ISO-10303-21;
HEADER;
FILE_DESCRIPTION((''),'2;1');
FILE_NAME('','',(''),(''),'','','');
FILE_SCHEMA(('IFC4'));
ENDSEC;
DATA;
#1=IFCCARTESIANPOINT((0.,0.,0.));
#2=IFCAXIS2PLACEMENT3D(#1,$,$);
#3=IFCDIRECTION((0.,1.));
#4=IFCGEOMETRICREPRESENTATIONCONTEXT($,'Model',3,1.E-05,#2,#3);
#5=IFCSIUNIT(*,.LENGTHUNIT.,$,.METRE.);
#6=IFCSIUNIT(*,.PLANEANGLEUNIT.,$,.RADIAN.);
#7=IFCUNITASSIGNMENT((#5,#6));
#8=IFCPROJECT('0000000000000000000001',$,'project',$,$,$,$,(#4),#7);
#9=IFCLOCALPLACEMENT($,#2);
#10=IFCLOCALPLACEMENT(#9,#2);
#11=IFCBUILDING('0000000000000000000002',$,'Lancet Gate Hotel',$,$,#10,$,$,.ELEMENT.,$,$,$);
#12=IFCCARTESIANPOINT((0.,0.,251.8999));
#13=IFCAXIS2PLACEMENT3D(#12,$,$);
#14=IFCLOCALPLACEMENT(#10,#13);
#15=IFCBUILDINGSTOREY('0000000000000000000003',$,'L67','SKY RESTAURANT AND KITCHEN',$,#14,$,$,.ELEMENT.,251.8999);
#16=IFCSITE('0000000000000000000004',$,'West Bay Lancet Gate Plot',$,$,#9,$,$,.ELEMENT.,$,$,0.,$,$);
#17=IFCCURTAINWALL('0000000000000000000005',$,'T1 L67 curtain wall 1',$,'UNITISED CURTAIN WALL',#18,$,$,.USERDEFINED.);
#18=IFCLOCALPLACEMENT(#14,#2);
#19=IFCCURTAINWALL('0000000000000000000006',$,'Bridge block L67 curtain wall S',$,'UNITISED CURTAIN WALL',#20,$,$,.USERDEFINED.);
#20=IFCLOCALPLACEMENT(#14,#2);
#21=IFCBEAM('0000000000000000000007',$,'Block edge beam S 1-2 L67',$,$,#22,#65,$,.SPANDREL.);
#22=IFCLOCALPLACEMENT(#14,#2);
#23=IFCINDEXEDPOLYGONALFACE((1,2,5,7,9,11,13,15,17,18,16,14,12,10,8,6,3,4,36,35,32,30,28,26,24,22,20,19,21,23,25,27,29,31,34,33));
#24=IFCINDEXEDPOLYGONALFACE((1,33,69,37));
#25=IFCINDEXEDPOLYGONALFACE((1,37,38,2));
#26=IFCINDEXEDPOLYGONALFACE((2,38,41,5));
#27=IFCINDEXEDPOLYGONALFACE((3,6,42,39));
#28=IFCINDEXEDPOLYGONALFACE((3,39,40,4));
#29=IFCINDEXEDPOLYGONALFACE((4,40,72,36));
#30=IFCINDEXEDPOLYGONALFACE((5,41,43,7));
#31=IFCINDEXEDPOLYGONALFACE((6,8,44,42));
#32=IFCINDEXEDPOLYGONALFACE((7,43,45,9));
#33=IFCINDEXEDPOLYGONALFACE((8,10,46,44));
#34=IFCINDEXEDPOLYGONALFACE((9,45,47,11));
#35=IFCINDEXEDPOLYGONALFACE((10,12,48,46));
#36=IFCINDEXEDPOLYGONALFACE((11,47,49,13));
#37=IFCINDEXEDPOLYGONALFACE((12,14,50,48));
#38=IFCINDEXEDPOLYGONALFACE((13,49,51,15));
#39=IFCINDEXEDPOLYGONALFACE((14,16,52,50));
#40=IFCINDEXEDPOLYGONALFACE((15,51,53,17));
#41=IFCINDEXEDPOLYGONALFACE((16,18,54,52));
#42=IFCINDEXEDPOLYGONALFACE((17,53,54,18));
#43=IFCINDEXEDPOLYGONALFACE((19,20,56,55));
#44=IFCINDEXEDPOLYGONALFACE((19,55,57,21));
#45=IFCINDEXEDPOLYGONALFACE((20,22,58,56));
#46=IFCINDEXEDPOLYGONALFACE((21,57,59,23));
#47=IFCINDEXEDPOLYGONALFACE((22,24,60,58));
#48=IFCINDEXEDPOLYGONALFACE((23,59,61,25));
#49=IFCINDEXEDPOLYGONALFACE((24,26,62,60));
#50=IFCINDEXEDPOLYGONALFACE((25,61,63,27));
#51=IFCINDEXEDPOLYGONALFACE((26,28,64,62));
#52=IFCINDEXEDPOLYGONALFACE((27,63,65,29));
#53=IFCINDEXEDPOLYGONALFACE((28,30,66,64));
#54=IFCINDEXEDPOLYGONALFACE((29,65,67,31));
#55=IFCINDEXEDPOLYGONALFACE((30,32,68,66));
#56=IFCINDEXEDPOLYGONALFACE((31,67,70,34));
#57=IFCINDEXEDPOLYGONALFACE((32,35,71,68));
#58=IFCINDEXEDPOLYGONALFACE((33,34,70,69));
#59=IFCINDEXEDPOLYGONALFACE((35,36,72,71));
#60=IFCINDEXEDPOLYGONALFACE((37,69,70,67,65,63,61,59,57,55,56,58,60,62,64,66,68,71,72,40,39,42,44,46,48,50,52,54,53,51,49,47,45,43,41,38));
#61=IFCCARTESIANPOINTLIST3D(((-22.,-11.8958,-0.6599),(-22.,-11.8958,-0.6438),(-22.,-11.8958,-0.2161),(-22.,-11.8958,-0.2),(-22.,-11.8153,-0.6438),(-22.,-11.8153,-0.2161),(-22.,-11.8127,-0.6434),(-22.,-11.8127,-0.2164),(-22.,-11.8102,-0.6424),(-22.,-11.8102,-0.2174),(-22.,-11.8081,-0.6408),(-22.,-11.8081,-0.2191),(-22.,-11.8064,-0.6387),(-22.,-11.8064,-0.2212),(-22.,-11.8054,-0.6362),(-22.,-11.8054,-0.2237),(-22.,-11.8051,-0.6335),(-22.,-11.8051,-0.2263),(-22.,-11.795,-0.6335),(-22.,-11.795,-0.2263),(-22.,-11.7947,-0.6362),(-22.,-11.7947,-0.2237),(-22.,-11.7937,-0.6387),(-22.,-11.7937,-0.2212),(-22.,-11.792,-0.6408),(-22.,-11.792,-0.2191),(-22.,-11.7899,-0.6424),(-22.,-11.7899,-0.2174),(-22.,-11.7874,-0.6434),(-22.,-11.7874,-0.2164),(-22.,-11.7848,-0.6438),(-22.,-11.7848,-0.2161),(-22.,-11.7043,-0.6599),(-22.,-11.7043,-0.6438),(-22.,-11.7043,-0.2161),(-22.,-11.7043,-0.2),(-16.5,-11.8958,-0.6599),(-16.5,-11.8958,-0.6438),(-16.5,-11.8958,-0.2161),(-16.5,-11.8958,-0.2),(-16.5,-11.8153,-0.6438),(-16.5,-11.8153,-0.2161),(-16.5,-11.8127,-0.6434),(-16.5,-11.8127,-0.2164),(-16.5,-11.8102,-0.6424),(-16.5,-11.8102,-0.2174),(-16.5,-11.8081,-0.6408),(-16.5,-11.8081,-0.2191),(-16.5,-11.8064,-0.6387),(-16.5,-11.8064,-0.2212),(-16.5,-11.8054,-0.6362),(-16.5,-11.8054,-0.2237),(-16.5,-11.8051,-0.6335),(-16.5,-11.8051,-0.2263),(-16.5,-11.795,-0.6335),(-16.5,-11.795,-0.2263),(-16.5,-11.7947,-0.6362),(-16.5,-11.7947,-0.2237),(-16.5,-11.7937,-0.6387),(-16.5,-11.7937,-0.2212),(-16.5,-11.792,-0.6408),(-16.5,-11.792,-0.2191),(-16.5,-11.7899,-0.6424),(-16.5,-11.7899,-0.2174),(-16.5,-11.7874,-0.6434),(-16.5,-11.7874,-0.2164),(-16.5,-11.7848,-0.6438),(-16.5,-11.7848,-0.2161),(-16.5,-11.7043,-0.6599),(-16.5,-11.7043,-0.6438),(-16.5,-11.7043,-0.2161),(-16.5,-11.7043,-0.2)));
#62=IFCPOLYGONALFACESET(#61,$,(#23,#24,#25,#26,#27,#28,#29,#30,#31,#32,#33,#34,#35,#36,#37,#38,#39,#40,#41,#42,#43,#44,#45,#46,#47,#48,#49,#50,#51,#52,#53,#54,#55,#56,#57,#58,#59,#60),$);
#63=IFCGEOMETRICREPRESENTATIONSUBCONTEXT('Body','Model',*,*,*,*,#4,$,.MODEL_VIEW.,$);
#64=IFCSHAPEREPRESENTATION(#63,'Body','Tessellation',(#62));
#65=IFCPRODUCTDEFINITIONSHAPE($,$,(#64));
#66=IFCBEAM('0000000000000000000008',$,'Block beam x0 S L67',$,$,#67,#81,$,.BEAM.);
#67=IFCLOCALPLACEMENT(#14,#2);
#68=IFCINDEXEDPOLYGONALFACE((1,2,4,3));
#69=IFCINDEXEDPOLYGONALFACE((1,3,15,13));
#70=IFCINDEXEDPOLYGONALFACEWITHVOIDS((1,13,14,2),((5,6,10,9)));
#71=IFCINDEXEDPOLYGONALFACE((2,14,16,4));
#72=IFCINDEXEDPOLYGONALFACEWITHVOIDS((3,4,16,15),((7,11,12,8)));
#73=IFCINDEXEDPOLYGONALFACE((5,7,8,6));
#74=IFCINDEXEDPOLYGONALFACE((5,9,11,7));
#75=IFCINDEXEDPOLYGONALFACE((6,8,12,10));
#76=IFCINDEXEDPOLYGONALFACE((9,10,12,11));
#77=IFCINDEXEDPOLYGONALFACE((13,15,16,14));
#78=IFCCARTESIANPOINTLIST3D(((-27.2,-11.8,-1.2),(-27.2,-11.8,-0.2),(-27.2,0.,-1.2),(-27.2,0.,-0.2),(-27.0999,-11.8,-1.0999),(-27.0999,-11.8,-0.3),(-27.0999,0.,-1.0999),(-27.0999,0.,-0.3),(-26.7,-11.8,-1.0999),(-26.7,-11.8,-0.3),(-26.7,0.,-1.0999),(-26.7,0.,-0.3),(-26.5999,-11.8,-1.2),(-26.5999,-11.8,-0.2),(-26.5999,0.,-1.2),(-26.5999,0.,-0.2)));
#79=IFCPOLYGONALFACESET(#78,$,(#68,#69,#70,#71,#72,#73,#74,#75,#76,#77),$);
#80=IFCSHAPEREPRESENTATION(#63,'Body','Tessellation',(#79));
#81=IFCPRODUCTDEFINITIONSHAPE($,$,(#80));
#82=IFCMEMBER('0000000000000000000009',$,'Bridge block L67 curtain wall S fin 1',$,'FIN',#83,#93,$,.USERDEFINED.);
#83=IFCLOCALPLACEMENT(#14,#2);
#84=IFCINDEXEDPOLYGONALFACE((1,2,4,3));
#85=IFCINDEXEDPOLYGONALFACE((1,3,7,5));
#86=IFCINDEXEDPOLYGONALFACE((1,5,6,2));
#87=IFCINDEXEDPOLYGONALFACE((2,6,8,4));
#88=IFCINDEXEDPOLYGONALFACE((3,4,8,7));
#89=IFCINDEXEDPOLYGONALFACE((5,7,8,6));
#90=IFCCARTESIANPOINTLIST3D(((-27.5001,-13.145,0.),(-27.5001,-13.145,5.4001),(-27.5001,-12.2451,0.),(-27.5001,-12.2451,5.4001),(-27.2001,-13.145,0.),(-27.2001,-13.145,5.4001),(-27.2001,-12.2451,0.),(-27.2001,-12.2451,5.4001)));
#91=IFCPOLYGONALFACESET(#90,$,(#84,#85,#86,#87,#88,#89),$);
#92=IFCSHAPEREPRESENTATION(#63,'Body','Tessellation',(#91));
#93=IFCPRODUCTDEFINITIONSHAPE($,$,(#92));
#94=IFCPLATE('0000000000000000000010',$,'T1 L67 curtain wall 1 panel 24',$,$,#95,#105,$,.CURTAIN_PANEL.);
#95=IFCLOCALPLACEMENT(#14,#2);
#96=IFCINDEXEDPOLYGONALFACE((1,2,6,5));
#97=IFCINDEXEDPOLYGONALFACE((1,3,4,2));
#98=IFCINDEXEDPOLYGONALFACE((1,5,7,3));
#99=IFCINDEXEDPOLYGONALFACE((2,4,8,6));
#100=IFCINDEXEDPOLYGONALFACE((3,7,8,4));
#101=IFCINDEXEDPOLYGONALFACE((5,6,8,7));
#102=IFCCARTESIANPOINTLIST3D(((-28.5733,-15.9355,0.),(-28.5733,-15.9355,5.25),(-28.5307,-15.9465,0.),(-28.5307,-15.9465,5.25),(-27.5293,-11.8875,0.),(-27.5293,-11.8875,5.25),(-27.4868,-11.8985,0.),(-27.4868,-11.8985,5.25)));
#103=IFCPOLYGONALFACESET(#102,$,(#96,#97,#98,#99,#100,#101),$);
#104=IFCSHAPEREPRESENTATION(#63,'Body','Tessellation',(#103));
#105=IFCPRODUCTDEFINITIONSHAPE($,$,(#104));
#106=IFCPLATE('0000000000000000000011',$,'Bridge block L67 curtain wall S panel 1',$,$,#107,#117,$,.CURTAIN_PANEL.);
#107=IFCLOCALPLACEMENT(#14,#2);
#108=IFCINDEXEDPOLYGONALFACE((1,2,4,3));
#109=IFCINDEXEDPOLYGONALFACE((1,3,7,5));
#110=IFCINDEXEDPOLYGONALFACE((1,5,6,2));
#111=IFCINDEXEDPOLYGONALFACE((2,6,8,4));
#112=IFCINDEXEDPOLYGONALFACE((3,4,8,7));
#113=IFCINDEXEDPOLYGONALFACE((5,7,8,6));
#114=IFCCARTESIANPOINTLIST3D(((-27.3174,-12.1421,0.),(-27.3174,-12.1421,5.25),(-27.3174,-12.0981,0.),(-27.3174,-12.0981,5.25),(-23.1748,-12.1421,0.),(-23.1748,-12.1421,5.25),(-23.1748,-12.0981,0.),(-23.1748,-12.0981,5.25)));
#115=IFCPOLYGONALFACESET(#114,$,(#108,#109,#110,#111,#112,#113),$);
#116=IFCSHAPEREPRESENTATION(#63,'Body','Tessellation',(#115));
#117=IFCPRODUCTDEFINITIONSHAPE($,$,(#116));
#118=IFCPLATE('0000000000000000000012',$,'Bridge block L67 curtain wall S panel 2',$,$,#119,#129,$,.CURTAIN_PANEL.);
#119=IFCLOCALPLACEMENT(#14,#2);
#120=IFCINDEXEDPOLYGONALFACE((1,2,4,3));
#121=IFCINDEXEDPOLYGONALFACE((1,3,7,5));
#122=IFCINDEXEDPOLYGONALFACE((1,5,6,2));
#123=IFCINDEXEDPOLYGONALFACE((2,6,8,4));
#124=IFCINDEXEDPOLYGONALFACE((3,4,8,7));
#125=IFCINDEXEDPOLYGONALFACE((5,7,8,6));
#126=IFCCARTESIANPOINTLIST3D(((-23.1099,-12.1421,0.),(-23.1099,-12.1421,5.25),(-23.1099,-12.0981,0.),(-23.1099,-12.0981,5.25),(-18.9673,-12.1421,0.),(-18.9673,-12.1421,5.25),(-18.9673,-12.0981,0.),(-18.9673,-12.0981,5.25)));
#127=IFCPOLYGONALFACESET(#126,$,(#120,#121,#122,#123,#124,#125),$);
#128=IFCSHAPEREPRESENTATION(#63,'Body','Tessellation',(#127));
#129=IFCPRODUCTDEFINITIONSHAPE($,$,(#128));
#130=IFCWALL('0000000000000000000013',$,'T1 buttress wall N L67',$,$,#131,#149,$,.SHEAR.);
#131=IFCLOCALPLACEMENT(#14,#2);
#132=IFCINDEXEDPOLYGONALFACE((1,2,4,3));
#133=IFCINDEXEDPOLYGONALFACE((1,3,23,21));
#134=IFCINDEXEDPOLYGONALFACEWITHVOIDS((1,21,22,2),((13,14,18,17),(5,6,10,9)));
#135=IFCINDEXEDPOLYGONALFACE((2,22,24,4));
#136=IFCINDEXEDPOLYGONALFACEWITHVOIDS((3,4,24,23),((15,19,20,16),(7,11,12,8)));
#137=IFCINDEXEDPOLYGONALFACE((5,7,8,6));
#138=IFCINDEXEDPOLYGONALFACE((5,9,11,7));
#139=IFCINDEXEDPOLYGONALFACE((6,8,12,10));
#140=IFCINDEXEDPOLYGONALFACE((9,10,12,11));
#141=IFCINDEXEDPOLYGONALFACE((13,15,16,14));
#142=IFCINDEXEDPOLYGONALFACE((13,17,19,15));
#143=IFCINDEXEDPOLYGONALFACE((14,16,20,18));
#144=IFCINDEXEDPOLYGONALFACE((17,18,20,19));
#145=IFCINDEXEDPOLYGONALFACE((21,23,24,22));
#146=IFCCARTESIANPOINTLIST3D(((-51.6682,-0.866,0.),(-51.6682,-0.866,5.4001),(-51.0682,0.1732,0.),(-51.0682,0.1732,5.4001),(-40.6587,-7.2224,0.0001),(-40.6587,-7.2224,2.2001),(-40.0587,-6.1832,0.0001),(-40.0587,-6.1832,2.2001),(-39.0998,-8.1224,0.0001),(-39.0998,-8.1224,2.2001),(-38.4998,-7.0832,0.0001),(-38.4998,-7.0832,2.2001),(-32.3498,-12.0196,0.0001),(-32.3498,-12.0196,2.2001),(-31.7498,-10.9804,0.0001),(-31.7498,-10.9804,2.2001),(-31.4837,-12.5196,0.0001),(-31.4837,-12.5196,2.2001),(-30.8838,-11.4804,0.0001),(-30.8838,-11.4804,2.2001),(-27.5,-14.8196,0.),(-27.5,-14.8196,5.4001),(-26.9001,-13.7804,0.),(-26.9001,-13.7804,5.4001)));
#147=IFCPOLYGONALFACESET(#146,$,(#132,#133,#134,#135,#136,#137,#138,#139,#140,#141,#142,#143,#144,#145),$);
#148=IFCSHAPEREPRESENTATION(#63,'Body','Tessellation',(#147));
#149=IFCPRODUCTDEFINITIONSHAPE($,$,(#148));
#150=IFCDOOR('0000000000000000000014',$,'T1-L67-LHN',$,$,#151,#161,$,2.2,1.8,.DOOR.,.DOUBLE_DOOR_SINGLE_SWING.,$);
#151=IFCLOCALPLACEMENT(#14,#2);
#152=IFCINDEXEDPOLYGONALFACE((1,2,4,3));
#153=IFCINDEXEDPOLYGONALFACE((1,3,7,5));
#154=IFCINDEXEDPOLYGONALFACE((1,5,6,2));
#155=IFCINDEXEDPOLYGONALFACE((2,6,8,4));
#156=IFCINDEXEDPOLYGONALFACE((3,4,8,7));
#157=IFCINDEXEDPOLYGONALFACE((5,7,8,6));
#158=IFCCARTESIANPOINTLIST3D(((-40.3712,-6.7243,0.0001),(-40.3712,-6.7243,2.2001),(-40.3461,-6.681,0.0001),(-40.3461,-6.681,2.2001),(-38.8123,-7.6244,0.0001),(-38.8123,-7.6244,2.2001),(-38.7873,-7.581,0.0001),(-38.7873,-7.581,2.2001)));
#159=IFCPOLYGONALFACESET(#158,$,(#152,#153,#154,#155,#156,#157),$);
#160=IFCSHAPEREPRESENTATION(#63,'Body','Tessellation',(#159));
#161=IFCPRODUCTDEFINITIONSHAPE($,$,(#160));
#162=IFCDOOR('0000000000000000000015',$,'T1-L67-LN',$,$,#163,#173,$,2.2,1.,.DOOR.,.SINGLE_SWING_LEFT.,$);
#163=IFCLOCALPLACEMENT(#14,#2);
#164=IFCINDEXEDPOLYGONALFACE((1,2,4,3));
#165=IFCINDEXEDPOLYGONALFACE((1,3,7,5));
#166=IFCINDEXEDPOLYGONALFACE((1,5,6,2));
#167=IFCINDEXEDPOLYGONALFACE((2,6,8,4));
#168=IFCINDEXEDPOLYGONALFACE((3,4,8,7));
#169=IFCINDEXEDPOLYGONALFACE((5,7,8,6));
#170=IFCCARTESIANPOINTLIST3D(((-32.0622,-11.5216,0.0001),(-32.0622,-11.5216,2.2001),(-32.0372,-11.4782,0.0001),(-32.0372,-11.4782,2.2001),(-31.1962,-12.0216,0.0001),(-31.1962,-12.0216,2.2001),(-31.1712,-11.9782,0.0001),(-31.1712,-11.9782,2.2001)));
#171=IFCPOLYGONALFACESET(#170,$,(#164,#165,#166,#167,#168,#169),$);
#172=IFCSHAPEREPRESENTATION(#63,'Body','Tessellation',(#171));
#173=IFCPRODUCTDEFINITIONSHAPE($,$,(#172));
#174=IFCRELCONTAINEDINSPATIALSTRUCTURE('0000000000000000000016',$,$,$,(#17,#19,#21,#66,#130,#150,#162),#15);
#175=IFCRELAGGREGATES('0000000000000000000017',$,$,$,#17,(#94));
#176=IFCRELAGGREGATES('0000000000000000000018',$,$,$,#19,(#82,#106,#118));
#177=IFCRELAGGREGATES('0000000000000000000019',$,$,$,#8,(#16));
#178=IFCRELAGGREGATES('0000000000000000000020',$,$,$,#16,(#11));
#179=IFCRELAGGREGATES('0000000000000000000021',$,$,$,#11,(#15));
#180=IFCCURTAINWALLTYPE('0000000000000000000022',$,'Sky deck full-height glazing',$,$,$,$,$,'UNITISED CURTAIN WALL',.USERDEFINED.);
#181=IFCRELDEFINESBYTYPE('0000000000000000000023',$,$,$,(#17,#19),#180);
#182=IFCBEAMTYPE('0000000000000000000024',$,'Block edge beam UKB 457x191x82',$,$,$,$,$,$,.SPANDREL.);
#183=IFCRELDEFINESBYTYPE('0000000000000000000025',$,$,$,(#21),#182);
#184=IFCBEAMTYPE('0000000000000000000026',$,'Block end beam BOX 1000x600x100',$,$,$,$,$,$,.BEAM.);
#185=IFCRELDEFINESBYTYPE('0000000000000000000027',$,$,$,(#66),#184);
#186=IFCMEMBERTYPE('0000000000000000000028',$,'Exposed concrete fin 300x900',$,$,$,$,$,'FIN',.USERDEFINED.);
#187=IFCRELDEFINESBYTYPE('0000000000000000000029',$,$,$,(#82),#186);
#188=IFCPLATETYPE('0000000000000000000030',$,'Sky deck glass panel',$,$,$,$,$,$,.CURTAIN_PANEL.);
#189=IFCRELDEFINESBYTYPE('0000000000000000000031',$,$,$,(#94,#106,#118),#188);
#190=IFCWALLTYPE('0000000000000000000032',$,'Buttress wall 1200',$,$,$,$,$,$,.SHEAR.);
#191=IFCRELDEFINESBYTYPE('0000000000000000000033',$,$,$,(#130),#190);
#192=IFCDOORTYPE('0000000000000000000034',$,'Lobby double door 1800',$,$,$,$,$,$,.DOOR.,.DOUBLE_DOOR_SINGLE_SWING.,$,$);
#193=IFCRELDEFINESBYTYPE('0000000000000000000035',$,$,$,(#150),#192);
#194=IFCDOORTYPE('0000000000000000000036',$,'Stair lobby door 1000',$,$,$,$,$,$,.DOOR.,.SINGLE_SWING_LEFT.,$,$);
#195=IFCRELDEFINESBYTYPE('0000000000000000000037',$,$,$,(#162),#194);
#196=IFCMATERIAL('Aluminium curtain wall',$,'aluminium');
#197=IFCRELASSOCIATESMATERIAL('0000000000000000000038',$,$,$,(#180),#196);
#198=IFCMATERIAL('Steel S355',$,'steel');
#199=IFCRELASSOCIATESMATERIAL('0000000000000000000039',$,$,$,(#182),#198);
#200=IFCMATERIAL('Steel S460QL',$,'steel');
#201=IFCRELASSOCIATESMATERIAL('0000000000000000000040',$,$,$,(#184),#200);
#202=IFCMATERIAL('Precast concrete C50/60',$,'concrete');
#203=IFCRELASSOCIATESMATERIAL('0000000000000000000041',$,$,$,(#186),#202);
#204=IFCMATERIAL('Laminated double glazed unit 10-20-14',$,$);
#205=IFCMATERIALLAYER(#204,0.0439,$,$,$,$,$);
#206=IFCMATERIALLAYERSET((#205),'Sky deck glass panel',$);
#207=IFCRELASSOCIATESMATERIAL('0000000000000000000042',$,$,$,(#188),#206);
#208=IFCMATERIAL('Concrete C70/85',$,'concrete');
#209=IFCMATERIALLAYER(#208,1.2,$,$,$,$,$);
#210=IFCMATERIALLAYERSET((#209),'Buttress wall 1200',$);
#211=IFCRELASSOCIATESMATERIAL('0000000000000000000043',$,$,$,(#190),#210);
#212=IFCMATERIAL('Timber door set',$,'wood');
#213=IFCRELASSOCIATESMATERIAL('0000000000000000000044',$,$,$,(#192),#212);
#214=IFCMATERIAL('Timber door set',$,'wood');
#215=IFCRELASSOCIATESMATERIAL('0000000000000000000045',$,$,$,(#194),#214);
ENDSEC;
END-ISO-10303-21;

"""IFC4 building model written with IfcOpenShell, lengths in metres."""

from ifc_helpers import new_model, si_unit, direction, frame, frame_2d, origin, origin_2d, place, context, subcontext, project, spatial, rectangle, hollow_rectangle, i_section, extrude, material, layer, layer_set, material_profile, profile_set, type_object, element, fill, aggregate, save


model = new_model("IFC4")

# Units and contexts
model_context = context("Model", 3, precision=1e-05, world=origin(), true_north=direction((0.0, 1.0)))
body_context = subcontext(model_context, "Body", "Model", "MODEL_VIEW")
ifc_project = project(units=[si_unit("LENGTHUNIT", "METRE"), si_unit("PLANEANGLEUNIT", "RADIAN")], contexts=[model_context])

# Site, building, storey
site_placement = place(None, origin())
site = spatial("IfcSite", under=ifc_project, at=site_placement, Name="West Bay Lancet Gate Plot", CompositionType="ELEMENT", RefElevation=0.0)
building_placement = place(site_placement, origin())
building = spatial("IfcBuilding", under=site, at=building_placement, Name="Lancet Gate Hotel", CompositionType="ELEMENT")
storey_placement = place(building_placement, frame((0.0, 0.0, 251.8999)))
storey = spatial("IfcBuildingStorey", under=building, at=storey_placement, Name="L67", Description="SKY RESTAURANT AND KITCHEN", CompositionType="ELEMENT", Elevation=251.8999)

# Curtain walls
ifc_material_1 = material(Name="Aluminium curtain wall", Category="aluminium")
curtain_wall_type = type_object("IfcCurtainWallType", Name="Sky deck full-height glazing", ElementType="UNITISED CURTAIN WALL", PredefinedType="USERDEFINED", material=ifc_material_1)
curtain_wall_1_placement = place(storey_placement, origin())
curtain_wall_1 = element("IfcCurtainWall", 1, at=curtain_wall_1_placement, inside=storey, type_object=curtain_wall_type, Name="T1 L67 curtain wall 1", ObjectType="UNITISED CURTAIN WALL", PredefinedType="USERDEFINED")
curtain_wall_2_placement = place(storey_placement, origin())
curtain_wall_2 = element("IfcCurtainWall", 2, at=curtain_wall_2_placement, inside=storey, type_object=curtain_wall_type, Name="Bridge block L67 curtain wall S", ObjectType="UNITISED CURTAIN WALL", PredefinedType="USERDEFINED")

# Beams
ifc_material_2 = material(Name="Steel S355", Category="steel")
ifc_material_profile_1 = material_profile(ifc_material_2, i_section(OverallWidth=0.1914, OverallDepth=0.46, WebThickness=0.01, FlangeThickness=0.0161, FilletRadius=0.0103, at=origin_2d()), Name="UKB 457x191x82")
ifc_profile_set_1 = profile_set([ifc_material_profile_1], Name="Steel S355")
beam_type_1 = type_object("IfcBeamType", Name="Block edge beam UKB 457x191x82", PredefinedType="SPANDREL", material=ifc_profile_set_1)
beam_1_placement = place(storey_placement, frame((-22.0, -11.8, -0.4299), z_axis=(1.0, 0.0, 0.0), x_axis=(0.0, 1.0, 0.0)))
element("IfcBeam", 3, at=beam_1_placement, inside=storey, type_object=beam_type_1, Name="Block edge beam S 1-2 L67", PredefinedType="SPANDREL", context=body_context, shape_type="SweptSolid", body=[
    extrude(i_section(OverallWidth=0.1914, OverallDepth=0.46, WebThickness=0.01, FlangeThickness=0.0161, FilletRadius=0.0103, at=origin_2d()), origin(), (0.0, 0.0, 1.0), 5.5),
])
ifc_material_3 = material(Name="Steel S460QL", Category="steel")
ifc_material_profile_2 = material_profile(ifc_material_3, hollow_rectangle(XDim=0.6001, YDim=1.0, WallThickness=0.1001, at=origin_2d()), Name="BOX 1000x600x100")
ifc_profile_set_2 = profile_set([ifc_material_profile_2], Name="Steel S460QL")
beam_type_2 = type_object("IfcBeamType", Name="Block end beam BOX 1000x600x100", PredefinedType="BEAM", material=ifc_profile_set_2)
beam_2_placement = place(storey_placement, frame((-26.8999, -11.8, -0.7), z_axis=(0.0, 1.0, 0.0), x_axis=(-1.0, 0.0, 0.0)))
element("IfcBeam", 4, at=beam_2_placement, inside=storey, type_object=beam_type_2, Name="Block beam x0 S L67", PredefinedType="BEAM", context=body_context, shape_type="SweptSolid", body=[
    extrude(hollow_rectangle(XDim=0.6001, YDim=1.0, WallThickness=0.1001, at=origin_2d()), origin(), (0.0, 0.0, 1.0), 11.8),
])

# Member
ifc_material_4 = material(Name="Precast concrete C50/60", Category="concrete")
ifc_material_profile_3 = material_profile(ifc_material_4, rectangle(XDim=0.3, YDim=0.8999, at=origin_2d()), Name="FIN 300x900")
ifc_profile_set_3 = profile_set([ifc_material_profile_3], Name="Precast concrete C50/60")
member_type_1 = type_object("IfcMemberType", Name="Exposed concrete fin 300x900", ElementType="FIN", PredefinedType="USERDEFINED", material=ifc_profile_set_3)
member_1_placement = place(storey_placement, frame((-27.3501, -12.6951, 0.0), z_axis=(0.0, 0.0, 1.0), x_axis=(1.0, 0.0, 0.0)))
member_1 = element("IfcMember", 5, at=member_1_placement, type_object=member_type_1, Name="Bridge block L67 curtain wall S fin 1", ObjectType="FIN", PredefinedType="USERDEFINED", context=body_context, shape_type="SweptSolid", body=[
    extrude(rectangle(XDim=0.3, YDim=0.8999, at=origin_2d()), origin(), (0.0, 0.0, 1.0), 5.4001),
])

# Plates
ifc_material_5 = material(Name="Laminated double glazed unit 10-20-14")
ifc_layer_1 = layer(ifc_material_5, 0.0439)
ifc_layer_set_1 = layer_set([ifc_layer_1], Name="Sky deck glass panel")
plate_type = type_object("IfcPlateType", Name="Sky deck glass panel", PredefinedType="CURTAIN_PANEL", material=ifc_layer_set_1)
plate_1_placement = place(storey_placement, frame((-28.03, -13.917, 0.0), z_axis=(0.0, 0.0, 1.0), x_axis=(0.249726, 0.968317, 0.0)))
plate_1 = element("IfcPlate", 6, at=plate_1_placement, type_object=plate_type, Name="T1 L67 curtain wall 1 panel 24", PredefinedType="CURTAIN_PANEL", context=body_context, shape_type="SweptSolid", body=[
    extrude(rectangle(XDim=4.1804, YDim=0.0439, at=origin_2d()), origin(), (0.0, 0.0, 1.0), 5.25),
])
aggregate(curtain_wall_1, [plate_1])
plate_2_placement = place(storey_placement, frame((-25.2461, -12.1201, 0.0), z_axis=(0.0, 0.0, 1.0), x_axis=(1.0, 0.0, 0.0)))
plate_2 = element("IfcPlate", 7, at=plate_2_placement, type_object=plate_type, Name="Bridge block L67 curtain wall S panel 1", PredefinedType="CURTAIN_PANEL", context=body_context, shape_type="SweptSolid", body=[
    extrude(rectangle(XDim=4.1426, YDim=0.0439, at=origin_2d()), origin(), (0.0, 0.0, 1.0), 5.25),
])
plate_3_placement = place(storey_placement, frame((-21.0386, -12.1201, 0.0), z_axis=(0.0, 0.0, 1.0), x_axis=(1.0, 0.0, 0.0)))
plate_3 = element("IfcPlate", 8, at=plate_3_placement, type_object=plate_type, Name="Bridge block L67 curtain wall S panel 2", PredefinedType="CURTAIN_PANEL", context=body_context, shape_type="SweptSolid", body=[
    extrude(rectangle(XDim=4.1426, YDim=0.0439, at=origin_2d()), origin(), (0.0, 0.0, 1.0), 5.25),
])
aggregate(curtain_wall_2, [member_1, plate_2, plate_3])

# Wall, openings, doors
ifc_material_6 = material(Name="Concrete C70/85", Category="concrete")
ifc_layer_2 = layer(ifc_material_6, 1.2)
ifc_layer_set_2 = layer_set([ifc_layer_2], Name="Buttress wall 1200")
wall_type_1 = type_object("IfcWallType", Name="Buttress wall 1200", PredefinedType="SHEAR", material=ifc_layer_set_2)
wall_1_placement = place(storey_placement, frame((-27.2, -14.3, 0.0), z_axis=(0.0, 0.0, 1.0), x_axis=(-0.866024, 0.500002, 0.0)))
wall_1 = element("IfcWall", 9, at=wall_1_placement, inside=storey, type_object=wall_type_1, Name="T1 buttress wall N L67", PredefinedType="SHEAR", context=body_context, shape_type="SweptSolid", body=[
    extrude(rectangle(XDim=27.907, YDim=1.2, at=frame_2d((13.9536, 0.0))), origin(), (0.0, 0.0, 1.0), 5.4001),
])
opening_1_placement = place(wall_1_placement, frame((4.6001, 0.0, 0.0)))
opening_1 = element("IfcOpeningElement", 10, at=opening_1_placement, cuts=wall_1, PredefinedType="OPENING", context=body_context, shape_type="SweptSolid", body=[
    extrude(rectangle(XDim=1.0, YDim=2.2, at=frame_2d((0.5, 1.1001))), frame((0.0, 0.6099, 0.0), z_axis=(0.0, -1.0, 0.0), x_axis=(1.0, 0.0, 0.0)), (0.0, 0.0, 1.0), 1.22),
])
opening_2_placement = place(wall_1_placement, frame((13.3945, 0.0, 0.0)))
opening_2 = element("IfcOpeningElement", 11, at=opening_2_placement, cuts=wall_1, PredefinedType="OPENING", context=body_context, shape_type="SweptSolid", body=[
    extrude(rectangle(XDim=1.8, YDim=2.2, at=frame_2d((0.8999, 1.1001))), frame((0.0, 0.6099, 0.0), z_axis=(0.0, -1.0, 0.0), x_axis=(1.0, 0.0, 0.0)), (0.0, 0.0, 1.0), 1.22),
])
ifc_material_7 = material(Name="Timber door set", Category="wood")
door_type_1 = type_object("IfcDoorType", Name="Lobby double door 1800", OperationType="DOUBLE_DOOR_SINGLE_SWING", PredefinedType="DOOR", material=ifc_material_7)
door_1_placement = place(opening_2_placement, origin())
door_1 = element("IfcDoor", 12, at=door_1_placement, inside=storey, type_object=door_type_1, Name="T1-L67-LHN", OperationType="DOUBLE_DOOR_SINGLE_SWING", OverallHeight=2.2, OverallWidth=1.8, PredefinedType="DOOR", context=body_context, shape_type="SweptSolid", body=[
    extrude(rectangle(XDim=1.8, YDim=2.2, at=frame_2d((0.8999, 1.1001))), frame((0.0, 0.0249, 0.0), z_axis=(0.0, -1.0, 0.0), x_axis=(1.0, 0.0, 0.0)), (0.0, 0.0, 1.0), 0.05),
])
fill(opening_2, door_1)
ifc_material_8 = material(Name="Timber door set", Category="wood")
door_type_2 = type_object("IfcDoorType", Name="Stair lobby door 1000", OperationType="SINGLE_SWING_LEFT", PredefinedType="DOOR", material=ifc_material_8)
door_2_placement = place(opening_1_placement, origin())
door_2 = element("IfcDoor", 13, at=door_2_placement, inside=storey, type_object=door_type_2, Name="T1-L67-LN", OperationType="SINGLE_SWING_LEFT", OverallHeight=2.2, OverallWidth=1.0, PredefinedType="DOOR", context=body_context, shape_type="SweptSolid", body=[
    extrude(rectangle(XDim=1.0, YDim=2.2, at=frame_2d((0.5, 1.1001))), frame((0.0, 0.0249, 0.0), z_axis=(0.0, -1.0, 0.0), x_axis=(1.0, 0.0, 0.0)), (0.0, 0.0, 1.0), 0.05),
])
fill(opening_1, door_2)

save(model, "model.ifc")
